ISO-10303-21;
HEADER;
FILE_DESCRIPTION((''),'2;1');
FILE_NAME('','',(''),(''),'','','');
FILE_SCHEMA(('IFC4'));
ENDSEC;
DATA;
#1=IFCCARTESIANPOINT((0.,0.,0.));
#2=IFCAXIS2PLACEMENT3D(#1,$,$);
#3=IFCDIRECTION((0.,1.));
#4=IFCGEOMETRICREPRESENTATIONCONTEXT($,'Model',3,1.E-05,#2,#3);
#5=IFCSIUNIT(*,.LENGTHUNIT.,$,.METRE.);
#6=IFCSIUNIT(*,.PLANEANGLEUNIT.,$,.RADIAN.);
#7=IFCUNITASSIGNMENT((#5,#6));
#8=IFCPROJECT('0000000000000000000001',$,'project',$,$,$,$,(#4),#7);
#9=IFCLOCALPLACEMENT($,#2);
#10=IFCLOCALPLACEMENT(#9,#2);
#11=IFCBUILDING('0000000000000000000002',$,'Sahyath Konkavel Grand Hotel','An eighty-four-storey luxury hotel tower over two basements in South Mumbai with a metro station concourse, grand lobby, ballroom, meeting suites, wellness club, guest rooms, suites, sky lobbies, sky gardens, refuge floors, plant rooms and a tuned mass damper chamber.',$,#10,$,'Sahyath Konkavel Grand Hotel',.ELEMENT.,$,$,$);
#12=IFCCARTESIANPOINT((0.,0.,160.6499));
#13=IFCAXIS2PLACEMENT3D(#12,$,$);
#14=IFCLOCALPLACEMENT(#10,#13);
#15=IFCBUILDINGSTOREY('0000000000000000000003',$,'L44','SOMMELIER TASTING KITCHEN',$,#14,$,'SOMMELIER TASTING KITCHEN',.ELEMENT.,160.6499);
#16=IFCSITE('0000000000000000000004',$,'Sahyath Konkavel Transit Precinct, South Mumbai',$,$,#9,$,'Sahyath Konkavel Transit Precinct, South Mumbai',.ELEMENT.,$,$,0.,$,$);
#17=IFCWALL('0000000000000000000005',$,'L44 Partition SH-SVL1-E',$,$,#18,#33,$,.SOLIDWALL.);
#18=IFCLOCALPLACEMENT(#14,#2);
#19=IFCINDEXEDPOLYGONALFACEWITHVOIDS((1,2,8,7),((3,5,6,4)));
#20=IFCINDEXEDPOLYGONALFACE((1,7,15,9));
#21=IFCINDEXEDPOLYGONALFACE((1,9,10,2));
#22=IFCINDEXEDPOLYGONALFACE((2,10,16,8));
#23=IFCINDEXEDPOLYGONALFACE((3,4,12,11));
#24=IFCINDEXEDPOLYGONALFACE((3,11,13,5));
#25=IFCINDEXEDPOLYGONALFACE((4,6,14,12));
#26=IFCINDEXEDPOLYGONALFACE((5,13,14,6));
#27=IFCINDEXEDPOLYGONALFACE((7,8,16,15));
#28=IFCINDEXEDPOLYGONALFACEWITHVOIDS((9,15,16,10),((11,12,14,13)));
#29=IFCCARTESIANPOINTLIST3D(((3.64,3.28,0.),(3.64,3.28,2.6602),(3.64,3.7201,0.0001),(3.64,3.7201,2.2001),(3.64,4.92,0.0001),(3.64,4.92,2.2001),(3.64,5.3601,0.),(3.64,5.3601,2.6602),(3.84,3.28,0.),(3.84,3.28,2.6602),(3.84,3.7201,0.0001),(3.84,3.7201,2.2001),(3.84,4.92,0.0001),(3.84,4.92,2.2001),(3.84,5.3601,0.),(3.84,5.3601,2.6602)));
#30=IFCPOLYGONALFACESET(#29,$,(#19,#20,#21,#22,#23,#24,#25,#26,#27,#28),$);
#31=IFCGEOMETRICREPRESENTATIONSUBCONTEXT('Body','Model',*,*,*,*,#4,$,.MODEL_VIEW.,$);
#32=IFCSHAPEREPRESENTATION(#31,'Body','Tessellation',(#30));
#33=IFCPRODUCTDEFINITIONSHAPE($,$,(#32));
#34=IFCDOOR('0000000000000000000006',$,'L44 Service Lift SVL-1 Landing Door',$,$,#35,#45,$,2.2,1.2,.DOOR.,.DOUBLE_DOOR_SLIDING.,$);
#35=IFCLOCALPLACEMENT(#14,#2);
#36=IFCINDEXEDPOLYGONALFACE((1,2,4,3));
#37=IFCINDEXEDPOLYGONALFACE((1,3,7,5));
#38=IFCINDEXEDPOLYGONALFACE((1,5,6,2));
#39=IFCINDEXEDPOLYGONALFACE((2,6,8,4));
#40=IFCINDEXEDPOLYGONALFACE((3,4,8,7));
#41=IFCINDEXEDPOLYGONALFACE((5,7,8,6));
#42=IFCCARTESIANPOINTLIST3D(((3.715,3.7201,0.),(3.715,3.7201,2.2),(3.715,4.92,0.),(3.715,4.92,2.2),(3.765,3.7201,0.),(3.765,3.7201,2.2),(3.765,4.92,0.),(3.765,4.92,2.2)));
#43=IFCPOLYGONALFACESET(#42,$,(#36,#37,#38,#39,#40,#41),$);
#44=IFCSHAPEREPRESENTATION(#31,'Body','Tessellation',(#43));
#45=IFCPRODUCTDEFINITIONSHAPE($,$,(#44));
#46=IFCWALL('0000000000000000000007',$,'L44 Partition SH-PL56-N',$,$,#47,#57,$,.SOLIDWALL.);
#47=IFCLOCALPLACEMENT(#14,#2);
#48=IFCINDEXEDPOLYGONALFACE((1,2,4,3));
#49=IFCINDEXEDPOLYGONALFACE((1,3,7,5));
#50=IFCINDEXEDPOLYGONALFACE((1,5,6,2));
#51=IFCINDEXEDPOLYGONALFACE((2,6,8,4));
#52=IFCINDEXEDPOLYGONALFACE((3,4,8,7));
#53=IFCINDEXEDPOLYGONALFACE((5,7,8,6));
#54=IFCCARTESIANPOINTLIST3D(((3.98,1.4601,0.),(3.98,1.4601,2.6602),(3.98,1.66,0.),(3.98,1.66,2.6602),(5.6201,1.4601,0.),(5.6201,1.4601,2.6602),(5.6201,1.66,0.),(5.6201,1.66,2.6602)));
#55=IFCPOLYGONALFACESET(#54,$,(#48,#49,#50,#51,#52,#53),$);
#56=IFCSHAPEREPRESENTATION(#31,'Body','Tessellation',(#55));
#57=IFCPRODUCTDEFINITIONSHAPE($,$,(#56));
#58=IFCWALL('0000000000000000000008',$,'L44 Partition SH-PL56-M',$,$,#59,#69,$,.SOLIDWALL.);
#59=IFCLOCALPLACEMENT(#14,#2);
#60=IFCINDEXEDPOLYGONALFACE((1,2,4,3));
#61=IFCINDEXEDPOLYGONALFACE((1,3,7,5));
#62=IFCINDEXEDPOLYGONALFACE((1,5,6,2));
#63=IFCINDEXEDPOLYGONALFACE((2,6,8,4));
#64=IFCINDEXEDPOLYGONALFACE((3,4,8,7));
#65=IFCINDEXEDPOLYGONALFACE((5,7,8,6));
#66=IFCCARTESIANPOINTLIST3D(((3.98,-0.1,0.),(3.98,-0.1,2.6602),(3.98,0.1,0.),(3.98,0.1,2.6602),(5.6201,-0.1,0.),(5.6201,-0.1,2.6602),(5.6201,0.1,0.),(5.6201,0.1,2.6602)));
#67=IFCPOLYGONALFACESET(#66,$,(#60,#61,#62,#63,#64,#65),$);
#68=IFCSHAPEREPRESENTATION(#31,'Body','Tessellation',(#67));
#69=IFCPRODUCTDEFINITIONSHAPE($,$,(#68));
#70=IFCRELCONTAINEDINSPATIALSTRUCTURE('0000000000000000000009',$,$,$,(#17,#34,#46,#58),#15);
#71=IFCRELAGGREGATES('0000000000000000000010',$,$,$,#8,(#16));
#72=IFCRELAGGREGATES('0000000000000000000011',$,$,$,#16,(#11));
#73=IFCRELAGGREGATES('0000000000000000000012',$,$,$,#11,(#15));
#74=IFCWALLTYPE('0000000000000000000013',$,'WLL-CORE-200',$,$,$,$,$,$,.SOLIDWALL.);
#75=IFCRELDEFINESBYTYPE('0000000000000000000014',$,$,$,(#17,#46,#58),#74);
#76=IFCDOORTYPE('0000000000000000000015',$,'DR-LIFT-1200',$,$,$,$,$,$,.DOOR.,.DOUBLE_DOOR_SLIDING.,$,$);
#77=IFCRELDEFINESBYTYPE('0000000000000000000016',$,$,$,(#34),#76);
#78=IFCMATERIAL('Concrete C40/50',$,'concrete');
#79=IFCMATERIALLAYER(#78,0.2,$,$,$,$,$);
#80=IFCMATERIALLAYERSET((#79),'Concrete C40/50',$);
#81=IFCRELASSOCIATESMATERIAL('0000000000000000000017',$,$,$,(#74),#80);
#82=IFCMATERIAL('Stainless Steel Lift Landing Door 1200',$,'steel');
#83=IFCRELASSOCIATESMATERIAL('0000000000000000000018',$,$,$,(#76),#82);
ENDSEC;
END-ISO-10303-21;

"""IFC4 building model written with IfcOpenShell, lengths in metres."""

from ifc_helpers import new_model, si_unit, direction, frame, frame_2d, origin, origin_2d, place, context, subcontext, project, spatial, rectangle, extrude, source, transform, mapped, material, layer, layer_set, type_object, element, fill, save


model = new_model("IFC4")

# Units and contexts
model_context = context("Model", 3, precision=1e-05, world=origin(), true_north=direction((0.0, 1.0)))
body_context = subcontext(model_context, "Body", "Model", "MODEL_VIEW")
ifc_project = project(units=[si_unit("LENGTHUNIT", "METRE"), si_unit("PLANEANGLEUNIT", "RADIAN")], contexts=[model_context])

# Site, building, storey
site_placement = place(None, origin())
site = spatial("IfcSite", under=ifc_project, at=site_placement, Name="Sahyath Konkavel Transit Precinct, South Mumbai", LongName="Sahyath Konkavel Transit Precinct, South Mumbai", CompositionType="ELEMENT", RefElevation=0.0)
building_placement = place(site_placement, origin())
building = spatial("IfcBuilding", under=site, at=building_placement, Name="Sahyath Konkavel Grand Hotel", Description="An eighty-four-storey luxury hotel tower over two basements in South Mumbai with a metro station concourse, grand lobby, ballroom, meeting suites, wellness club, guest rooms, suites, sky lobbies, sky gardens, refuge floors, plant rooms and a tuned mass damper chamber.", LongName="Sahyath Konkavel Grand Hotel", CompositionType="ELEMENT")
storey_placement = place(building_placement, frame((0.0, 0.0, 160.6499)))
storey = spatial("IfcBuildingStorey", under=building, at=storey_placement, Name="L44", Description="SOMMELIER TASTING KITCHEN", LongName="SOMMELIER TASTING KITCHEN", CompositionType="ELEMENT", Elevation=160.6499)

# Shared definitions
ifc_material_1 = material(Name="Concrete C40/50", Category="concrete")

# Shared definitions
ifc_layer_1 = layer(ifc_material_1, 0.2)
ifc_layer_set_1 = layer_set([ifc_layer_1], Name="Concrete C40/50")
wall_type = type_object("IfcWallType", Name="WLL-CORE-200", PredefinedType="SOLIDWALL", material=ifc_layer_set_1)

# Wall, opening, door
wall_1_placement = place(storey_placement, frame((3.74, 3.28, 0.0), z_axis=(0.0, 0.0, 1.0), x_axis=(0.0, 1.0, 0.0)))
wall_1 = element("IfcWall", 1, at=wall_1_placement, inside=storey, type_object=wall_type, Name="L44 Partition SH-SVL1-E", PredefinedType="SOLIDWALL", context=body_context, shape_type="SweptSolid", body=[
    extrude(rectangle(XDim=2.0801, YDim=0.2, at=frame_2d((1.04, 0.0))), origin(), (0.0, 0.0, 1.0), 2.6602),
])
opening_1_placement = place(wall_1_placement, frame((0.4399, 0.0, 0.0)))
opening_1 = element("IfcOpeningElement", 2, at=opening_1_placement, cuts=wall_1, PredefinedType="OPENING", context=body_context, shape_type="SweptSolid", body=[
    extrude(rectangle(XDim=1.2, YDim=2.2, at=frame_2d((0.6001, 1.1001))), frame((0.0, 0.1099, 0.0), z_axis=(0.0, -1.0, 0.0), x_axis=(1.0, 0.0, 0.0)), (0.0, 0.0, 1.0), 0.22),
])
ifc_material_2 = material(Name="Stainless Steel Lift Landing Door 1200", Category="steel")
door_type_1 = type_object("IfcDoorType", Name="DR-LIFT-1200", OperationType="DOUBLE_DOOR_SLIDING", PredefinedType="DOOR", material=ifc_material_2)
shared_shape_1 = source(origin(), body_context, "Body", "SweptSolid", [
    extrude(rectangle(XDim=1.2, YDim=0.05, at=origin_2d()), origin(), (0.0, 0.0, 1.0), 2.2),
])
door_1_placement = place(opening_1_placement, frame((0.6001, 0.0, 0.0)))
door_1 = element("IfcDoor", 3, at=door_1_placement, inside=storey, type_object=door_type_1, Name="L44 Service Lift SVL-1 Landing Door", OperationType="DOUBLE_DOOR_SLIDING", OverallHeight=2.2, OverallWidth=1.2, PredefinedType="DOOR", context=body_context, shape_type="MappedRepresentation", body=[
    mapped(shared_shape_1, transform((0.0, 0.0, 0.0), scale=1.0)),
])
fill(opening_1, door_1)

# Walls
for number, where, z_axis, x_axis, name in (
    (4, (3.98, 1.5601, 0.0), (0.0, 0.0, 1.0), (1.0, 0.0, 0.0), "L44 Partition SH-PL56-N"),
    (5, (3.98, 0.0, 0.0), (0.0, 0.0, 1.0), (1.0, 0.0, 0.0), "L44 Partition SH-PL56-M"),
):
    element("IfcWall", number, at=place(storey_placement, frame(where, z_axis=z_axis, x_axis=x_axis)), inside=storey, type_object=wall_type, Name=name, PredefinedType="SOLIDWALL", context=body_context, shape_type="SweptSolid", body=[
        extrude(rectangle(XDim=1.6401, YDim=0.2, at=frame_2d((0.8201, 0.0))), origin(), (0.0, 0.0, 1.0), 2.6602),
    ])

save(model, "model.ifc")
